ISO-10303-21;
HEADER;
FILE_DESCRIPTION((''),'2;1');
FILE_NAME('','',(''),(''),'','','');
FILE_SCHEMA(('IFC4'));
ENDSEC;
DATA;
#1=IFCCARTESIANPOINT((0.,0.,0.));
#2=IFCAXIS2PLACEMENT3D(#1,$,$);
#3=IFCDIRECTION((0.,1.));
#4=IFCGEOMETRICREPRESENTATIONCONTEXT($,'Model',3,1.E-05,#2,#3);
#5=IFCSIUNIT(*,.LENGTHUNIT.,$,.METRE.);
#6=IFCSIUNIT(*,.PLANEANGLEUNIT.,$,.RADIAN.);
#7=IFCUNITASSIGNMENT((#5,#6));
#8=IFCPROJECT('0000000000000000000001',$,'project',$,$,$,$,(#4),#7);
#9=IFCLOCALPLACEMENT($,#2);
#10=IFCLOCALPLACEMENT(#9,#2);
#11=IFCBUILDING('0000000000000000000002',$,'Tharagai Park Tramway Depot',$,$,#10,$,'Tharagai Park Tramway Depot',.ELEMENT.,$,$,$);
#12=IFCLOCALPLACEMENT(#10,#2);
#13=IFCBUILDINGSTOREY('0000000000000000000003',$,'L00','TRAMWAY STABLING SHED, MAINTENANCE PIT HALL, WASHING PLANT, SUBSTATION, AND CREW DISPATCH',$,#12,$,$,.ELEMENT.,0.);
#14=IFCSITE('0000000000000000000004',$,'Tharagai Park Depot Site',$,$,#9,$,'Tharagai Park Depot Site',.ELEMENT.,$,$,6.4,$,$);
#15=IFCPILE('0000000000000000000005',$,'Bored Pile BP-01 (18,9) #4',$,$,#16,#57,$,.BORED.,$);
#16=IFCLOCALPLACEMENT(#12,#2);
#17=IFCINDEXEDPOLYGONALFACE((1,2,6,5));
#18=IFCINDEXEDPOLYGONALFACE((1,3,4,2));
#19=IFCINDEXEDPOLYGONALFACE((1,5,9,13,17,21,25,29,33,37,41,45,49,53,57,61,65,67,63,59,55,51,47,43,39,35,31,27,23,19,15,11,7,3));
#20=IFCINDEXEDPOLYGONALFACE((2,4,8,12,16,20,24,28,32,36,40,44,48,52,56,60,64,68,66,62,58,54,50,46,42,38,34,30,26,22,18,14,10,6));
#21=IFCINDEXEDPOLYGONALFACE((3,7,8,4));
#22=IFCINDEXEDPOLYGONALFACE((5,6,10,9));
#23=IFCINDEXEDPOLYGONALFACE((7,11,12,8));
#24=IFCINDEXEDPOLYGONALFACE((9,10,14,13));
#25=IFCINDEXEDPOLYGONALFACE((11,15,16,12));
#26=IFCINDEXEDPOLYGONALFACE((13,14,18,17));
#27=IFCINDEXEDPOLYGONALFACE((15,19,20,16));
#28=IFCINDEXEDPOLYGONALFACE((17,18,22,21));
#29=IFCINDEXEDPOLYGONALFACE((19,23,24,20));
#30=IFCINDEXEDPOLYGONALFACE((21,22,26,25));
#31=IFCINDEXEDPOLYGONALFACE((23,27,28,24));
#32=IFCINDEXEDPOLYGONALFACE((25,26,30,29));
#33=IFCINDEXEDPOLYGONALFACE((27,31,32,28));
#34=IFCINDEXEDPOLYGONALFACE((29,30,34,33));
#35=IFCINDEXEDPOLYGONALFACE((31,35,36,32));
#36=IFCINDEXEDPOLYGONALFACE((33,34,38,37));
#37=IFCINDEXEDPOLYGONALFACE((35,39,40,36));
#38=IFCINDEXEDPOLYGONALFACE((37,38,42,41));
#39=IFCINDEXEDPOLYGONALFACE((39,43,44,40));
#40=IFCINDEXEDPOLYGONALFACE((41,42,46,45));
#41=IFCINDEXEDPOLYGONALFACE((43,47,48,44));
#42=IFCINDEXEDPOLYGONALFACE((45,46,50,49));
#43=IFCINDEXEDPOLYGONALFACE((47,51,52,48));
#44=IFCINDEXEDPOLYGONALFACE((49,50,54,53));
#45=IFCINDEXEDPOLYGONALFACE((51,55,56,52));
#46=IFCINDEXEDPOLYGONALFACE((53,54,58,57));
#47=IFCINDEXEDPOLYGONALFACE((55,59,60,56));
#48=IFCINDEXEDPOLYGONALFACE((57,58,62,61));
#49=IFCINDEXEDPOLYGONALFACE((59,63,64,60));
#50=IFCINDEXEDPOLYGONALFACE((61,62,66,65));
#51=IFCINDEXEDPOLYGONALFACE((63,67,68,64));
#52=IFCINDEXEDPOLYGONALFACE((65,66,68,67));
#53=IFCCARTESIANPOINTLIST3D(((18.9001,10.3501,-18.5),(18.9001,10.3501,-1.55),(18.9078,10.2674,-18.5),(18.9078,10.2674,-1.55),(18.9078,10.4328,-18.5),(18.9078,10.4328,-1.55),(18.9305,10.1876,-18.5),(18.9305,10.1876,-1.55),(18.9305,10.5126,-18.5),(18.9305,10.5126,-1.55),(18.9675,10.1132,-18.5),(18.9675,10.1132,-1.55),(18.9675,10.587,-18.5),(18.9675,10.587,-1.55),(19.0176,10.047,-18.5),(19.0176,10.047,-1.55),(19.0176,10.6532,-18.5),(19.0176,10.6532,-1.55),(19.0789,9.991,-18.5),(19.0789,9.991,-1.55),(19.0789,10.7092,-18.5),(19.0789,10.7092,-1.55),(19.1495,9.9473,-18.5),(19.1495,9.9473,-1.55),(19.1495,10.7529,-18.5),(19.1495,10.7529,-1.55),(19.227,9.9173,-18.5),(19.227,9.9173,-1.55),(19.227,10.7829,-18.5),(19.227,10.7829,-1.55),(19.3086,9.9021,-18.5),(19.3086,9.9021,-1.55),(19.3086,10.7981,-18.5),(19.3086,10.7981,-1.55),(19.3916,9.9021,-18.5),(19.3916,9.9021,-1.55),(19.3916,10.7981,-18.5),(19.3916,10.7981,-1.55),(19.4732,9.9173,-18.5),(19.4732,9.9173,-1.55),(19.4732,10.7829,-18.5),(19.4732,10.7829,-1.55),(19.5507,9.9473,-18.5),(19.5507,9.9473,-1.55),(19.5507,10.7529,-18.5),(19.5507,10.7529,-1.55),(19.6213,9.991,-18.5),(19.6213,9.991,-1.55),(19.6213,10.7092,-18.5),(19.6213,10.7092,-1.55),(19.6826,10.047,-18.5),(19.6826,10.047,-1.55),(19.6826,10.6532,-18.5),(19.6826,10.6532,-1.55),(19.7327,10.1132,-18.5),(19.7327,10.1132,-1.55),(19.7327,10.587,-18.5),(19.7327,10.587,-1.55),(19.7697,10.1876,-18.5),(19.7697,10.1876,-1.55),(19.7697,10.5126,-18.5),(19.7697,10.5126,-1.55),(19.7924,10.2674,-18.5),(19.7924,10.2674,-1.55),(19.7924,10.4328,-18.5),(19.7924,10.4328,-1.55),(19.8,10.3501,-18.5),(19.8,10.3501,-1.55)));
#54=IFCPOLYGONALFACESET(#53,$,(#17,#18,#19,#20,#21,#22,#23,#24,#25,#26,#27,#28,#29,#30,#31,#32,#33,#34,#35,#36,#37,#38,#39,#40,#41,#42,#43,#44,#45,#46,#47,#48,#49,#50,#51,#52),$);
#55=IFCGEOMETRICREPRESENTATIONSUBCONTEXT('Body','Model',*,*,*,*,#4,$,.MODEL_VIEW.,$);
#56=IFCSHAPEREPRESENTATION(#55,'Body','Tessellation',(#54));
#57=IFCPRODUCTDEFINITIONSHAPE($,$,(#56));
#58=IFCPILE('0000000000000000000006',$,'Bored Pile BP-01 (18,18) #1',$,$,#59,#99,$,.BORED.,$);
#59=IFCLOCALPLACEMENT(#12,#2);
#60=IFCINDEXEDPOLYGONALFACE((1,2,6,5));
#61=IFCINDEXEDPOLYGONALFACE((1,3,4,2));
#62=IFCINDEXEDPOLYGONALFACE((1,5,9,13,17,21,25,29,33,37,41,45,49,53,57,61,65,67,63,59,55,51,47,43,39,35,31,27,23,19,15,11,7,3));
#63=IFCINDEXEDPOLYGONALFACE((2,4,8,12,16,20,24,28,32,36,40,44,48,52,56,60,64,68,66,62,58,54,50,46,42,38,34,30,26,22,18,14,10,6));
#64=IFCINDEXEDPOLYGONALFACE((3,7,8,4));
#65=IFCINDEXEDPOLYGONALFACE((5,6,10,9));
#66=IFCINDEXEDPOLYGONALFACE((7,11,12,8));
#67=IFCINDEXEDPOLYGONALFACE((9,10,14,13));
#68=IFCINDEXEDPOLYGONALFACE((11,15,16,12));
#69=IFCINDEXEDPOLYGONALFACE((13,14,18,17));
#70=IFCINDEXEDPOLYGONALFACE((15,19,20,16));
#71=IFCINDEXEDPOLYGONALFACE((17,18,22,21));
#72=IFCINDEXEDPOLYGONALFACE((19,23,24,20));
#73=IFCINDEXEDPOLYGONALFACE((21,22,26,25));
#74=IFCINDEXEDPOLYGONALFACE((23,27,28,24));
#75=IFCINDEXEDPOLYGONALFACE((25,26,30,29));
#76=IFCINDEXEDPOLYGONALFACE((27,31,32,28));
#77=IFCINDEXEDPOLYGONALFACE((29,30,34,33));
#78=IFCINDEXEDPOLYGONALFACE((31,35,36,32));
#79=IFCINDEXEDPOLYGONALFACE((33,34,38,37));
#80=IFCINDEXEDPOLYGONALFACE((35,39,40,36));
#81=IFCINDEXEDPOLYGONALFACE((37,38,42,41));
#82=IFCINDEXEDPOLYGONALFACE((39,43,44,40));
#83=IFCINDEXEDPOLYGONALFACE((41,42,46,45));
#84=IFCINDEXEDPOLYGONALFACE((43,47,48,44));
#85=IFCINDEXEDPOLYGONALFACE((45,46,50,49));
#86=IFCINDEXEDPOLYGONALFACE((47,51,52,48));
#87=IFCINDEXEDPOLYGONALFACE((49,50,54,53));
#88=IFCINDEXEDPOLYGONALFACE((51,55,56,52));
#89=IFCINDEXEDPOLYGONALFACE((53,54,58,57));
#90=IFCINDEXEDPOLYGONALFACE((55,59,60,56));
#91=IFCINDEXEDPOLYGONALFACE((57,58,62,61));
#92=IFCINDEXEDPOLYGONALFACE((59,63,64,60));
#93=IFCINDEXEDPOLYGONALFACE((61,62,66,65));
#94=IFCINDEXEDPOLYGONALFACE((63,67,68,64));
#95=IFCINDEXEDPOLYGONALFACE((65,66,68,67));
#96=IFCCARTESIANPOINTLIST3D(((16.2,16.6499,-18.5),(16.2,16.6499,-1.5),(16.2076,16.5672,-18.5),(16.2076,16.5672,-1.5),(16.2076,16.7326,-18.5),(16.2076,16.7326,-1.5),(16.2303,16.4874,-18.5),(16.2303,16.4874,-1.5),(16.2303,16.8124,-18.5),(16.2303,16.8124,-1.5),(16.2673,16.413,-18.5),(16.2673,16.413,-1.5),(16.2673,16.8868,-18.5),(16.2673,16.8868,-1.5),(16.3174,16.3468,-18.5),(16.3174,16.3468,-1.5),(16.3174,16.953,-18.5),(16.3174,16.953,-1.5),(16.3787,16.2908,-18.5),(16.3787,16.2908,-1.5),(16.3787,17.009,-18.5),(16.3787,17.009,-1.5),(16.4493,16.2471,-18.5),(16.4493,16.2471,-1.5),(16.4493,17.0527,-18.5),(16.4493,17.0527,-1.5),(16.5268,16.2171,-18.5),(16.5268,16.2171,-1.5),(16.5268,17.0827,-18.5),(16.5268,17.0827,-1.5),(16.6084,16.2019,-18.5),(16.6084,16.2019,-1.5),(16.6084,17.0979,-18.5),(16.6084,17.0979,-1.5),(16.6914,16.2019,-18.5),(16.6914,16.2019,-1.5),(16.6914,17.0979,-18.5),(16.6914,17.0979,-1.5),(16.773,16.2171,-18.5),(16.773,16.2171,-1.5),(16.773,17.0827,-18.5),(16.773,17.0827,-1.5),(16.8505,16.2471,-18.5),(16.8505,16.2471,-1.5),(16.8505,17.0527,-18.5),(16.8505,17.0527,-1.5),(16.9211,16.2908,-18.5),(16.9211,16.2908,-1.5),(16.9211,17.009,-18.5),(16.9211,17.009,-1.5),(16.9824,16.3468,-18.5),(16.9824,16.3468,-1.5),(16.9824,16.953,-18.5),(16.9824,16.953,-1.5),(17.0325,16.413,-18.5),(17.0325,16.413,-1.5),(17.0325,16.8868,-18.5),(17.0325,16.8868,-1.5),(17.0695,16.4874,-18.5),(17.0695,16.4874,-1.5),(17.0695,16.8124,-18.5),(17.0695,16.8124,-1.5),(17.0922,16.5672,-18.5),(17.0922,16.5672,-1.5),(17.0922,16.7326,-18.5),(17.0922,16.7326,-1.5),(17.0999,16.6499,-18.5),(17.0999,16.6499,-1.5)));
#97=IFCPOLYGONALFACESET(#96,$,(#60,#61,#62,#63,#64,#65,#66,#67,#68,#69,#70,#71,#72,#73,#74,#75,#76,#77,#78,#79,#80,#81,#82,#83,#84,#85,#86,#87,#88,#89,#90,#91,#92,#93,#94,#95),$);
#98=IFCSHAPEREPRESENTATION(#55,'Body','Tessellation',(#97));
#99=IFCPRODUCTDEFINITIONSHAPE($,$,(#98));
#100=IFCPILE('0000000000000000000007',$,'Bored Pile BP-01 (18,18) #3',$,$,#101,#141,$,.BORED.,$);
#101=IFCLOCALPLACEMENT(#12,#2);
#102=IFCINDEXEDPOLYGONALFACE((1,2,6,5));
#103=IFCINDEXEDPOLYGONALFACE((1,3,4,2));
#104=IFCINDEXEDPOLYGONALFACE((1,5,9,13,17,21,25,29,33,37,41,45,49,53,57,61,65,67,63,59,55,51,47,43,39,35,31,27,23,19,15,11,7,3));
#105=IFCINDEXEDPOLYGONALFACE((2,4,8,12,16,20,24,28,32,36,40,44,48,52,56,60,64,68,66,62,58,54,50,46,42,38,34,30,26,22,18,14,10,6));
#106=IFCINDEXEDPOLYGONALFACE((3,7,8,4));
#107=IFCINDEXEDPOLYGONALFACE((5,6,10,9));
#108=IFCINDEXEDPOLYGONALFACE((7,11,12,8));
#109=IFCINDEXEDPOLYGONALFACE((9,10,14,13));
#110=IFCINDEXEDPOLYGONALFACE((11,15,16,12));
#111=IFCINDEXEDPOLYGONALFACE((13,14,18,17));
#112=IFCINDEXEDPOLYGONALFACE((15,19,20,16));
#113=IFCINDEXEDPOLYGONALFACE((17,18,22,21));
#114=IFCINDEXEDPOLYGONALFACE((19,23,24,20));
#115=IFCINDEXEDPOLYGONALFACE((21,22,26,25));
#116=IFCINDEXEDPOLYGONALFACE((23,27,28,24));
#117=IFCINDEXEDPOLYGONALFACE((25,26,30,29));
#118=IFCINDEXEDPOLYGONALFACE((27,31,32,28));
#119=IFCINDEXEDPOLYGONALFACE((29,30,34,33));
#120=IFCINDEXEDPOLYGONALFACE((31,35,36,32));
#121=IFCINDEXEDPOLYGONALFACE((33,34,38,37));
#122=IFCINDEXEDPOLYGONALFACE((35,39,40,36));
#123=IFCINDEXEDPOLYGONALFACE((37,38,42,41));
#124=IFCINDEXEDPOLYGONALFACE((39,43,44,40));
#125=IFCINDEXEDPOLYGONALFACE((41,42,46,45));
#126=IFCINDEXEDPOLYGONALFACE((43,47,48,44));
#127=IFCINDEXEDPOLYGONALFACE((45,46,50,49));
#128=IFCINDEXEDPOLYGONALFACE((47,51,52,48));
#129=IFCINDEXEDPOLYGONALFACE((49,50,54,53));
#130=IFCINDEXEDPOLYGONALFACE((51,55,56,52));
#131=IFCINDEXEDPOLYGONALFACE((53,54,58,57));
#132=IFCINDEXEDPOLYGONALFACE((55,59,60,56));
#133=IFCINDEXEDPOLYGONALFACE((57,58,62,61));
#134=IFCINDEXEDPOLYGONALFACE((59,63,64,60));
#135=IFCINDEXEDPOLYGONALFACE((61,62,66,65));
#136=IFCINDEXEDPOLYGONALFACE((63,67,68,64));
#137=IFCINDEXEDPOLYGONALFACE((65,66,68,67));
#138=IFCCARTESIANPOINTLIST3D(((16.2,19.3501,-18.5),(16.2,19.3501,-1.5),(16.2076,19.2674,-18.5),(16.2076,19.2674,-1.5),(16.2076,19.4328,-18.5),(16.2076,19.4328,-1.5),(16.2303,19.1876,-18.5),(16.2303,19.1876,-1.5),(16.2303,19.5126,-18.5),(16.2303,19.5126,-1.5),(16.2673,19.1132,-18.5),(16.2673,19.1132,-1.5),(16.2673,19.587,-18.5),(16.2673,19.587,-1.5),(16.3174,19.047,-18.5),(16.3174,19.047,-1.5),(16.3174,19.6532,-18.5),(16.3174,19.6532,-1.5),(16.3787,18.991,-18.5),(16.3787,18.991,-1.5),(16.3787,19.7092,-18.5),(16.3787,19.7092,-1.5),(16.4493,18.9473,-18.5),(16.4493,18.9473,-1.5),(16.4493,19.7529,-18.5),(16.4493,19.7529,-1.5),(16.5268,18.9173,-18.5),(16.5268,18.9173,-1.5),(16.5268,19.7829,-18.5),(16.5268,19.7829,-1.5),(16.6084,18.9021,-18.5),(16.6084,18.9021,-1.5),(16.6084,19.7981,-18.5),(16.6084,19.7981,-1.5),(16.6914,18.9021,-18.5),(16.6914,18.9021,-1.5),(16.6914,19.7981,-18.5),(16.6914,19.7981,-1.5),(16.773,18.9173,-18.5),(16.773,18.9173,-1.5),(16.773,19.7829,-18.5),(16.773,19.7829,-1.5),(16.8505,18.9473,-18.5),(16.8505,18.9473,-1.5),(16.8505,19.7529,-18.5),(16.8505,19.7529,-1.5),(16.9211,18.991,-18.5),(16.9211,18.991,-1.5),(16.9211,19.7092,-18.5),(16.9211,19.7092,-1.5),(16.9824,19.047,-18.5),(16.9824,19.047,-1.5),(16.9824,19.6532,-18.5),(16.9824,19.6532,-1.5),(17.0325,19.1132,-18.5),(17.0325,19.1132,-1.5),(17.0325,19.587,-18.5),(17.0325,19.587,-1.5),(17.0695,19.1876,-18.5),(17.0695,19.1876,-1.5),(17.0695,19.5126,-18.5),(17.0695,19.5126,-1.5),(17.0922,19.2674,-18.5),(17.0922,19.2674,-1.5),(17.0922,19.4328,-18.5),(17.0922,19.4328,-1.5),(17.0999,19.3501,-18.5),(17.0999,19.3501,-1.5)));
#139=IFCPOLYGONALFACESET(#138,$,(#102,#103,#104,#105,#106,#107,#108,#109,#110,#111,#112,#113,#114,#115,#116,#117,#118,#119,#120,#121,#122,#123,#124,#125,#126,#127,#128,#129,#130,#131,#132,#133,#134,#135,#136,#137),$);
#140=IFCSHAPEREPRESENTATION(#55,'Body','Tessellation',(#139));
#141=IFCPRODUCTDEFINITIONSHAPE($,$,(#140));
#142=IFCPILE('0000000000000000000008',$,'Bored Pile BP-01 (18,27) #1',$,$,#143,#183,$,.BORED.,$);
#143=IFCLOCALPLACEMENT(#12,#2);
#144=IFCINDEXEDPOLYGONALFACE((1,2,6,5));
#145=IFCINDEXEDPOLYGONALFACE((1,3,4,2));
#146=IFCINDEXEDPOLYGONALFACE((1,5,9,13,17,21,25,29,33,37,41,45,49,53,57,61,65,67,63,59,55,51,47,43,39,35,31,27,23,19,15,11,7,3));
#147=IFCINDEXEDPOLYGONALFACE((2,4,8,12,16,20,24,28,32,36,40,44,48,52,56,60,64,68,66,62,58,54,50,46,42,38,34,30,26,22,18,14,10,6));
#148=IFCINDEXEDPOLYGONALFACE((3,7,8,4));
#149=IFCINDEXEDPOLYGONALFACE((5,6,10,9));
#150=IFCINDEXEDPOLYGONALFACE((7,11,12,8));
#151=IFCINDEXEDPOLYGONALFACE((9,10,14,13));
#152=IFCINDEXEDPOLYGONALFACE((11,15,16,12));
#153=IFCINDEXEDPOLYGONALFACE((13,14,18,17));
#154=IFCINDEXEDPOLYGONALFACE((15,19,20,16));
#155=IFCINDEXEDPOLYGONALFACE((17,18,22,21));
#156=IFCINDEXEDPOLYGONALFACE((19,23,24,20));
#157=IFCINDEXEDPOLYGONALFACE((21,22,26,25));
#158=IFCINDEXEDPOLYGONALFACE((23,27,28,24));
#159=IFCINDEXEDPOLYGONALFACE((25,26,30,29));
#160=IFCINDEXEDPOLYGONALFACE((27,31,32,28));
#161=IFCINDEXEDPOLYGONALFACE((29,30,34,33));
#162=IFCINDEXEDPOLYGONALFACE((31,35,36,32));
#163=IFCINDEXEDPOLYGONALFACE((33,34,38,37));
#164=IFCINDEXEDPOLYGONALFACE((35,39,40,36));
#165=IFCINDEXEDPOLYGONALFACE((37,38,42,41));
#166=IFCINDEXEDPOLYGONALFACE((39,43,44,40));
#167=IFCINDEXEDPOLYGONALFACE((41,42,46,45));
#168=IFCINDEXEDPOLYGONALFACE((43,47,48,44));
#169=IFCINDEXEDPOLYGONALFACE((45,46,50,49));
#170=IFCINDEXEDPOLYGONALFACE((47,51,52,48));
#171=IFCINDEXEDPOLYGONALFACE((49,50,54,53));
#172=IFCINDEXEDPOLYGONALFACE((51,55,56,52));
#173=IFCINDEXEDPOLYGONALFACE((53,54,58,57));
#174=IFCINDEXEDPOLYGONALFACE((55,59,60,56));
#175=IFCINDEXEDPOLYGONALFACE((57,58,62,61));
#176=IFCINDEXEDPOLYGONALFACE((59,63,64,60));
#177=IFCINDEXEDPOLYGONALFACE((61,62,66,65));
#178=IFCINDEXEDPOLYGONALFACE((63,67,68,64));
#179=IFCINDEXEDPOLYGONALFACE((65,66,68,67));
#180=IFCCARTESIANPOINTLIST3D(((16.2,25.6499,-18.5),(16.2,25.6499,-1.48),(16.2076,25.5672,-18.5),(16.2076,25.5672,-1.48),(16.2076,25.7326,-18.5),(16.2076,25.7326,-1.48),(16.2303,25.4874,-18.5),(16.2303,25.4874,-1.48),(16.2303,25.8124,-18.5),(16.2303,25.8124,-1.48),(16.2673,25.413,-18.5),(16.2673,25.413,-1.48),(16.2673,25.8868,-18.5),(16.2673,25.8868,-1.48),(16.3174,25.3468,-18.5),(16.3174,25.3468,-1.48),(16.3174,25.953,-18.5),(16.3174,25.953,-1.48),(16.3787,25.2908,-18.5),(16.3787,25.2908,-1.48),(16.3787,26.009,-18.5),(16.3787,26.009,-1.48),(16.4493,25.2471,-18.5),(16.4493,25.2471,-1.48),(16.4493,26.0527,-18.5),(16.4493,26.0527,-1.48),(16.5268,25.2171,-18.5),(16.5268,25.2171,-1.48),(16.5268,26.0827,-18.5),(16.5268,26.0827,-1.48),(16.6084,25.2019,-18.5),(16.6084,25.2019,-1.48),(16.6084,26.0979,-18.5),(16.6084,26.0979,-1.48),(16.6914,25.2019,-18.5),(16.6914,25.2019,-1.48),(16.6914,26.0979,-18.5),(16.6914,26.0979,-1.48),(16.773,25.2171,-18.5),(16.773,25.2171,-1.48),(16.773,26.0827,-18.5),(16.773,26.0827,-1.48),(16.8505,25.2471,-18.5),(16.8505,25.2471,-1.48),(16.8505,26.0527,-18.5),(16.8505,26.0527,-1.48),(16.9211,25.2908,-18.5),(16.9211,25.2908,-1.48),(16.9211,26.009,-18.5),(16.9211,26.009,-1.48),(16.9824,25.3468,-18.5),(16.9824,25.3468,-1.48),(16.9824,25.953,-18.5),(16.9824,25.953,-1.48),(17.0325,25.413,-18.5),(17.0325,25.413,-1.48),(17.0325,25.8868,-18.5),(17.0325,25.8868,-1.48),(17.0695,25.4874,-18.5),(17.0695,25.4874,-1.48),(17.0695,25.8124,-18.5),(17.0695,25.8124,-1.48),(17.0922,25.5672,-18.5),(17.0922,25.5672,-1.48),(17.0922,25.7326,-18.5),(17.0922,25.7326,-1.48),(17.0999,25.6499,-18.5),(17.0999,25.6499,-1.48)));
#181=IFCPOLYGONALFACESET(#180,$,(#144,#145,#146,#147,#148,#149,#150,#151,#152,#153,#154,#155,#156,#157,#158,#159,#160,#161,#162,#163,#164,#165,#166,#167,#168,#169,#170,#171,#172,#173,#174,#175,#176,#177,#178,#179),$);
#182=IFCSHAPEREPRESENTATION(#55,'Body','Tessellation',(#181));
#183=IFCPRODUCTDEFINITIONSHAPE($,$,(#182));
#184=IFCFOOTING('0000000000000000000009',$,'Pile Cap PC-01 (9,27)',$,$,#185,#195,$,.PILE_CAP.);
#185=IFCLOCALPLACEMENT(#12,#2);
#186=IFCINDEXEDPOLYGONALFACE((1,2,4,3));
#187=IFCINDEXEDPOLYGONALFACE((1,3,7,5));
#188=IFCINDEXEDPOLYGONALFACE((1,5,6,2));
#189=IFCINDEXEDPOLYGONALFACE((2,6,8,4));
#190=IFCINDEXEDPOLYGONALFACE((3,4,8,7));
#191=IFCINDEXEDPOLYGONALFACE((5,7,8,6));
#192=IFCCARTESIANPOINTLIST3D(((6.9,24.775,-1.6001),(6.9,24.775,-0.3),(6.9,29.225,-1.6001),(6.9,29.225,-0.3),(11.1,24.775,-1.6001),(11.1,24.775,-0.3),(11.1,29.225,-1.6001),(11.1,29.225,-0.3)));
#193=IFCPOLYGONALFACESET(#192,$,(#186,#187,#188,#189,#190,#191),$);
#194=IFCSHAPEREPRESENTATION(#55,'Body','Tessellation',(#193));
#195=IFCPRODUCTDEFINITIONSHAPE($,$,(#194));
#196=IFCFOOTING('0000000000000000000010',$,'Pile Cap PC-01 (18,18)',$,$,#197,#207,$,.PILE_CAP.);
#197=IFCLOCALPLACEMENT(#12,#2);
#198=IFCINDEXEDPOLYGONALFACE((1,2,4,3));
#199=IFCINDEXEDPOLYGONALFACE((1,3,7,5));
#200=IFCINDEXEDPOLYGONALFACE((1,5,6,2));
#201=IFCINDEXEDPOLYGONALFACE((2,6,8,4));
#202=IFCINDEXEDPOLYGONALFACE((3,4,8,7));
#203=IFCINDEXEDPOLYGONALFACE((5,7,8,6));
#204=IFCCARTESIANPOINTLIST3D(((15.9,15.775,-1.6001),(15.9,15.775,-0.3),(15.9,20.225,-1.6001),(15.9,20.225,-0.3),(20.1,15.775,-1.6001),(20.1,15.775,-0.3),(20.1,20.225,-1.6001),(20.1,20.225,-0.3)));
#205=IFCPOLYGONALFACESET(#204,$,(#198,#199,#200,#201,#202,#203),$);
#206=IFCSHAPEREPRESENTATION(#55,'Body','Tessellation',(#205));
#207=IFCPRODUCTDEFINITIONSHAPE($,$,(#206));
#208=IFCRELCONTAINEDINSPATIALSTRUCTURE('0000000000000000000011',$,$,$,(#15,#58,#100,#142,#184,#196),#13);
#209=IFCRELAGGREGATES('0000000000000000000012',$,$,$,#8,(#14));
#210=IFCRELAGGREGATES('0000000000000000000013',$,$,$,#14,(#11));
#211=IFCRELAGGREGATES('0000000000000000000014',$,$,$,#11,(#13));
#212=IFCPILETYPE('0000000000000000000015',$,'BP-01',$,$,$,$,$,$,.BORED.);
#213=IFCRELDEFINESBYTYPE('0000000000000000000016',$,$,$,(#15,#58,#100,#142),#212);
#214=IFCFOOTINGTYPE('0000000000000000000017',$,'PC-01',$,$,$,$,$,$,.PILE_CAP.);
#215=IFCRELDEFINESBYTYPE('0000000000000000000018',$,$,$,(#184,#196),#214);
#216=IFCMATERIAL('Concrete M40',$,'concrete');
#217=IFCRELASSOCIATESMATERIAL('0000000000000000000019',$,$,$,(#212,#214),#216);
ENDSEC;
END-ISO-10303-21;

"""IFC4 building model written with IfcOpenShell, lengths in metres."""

from ifc_helpers import new_model, si_unit, direction, frame, origin, origin_2d, place, context, subcontext, project, spatial, rectangle, circle, extrude, material, material_profile, profile_set, type_object, element, save


model = new_model("IFC4")

# Units and contexts
model_context = context("Model", 3, precision=1e-05, world=origin(), true_north=direction((0.0, 1.0)))
body_context = subcontext(model_context, "Body", "Model", "MODEL_VIEW")
ifc_project = project(units=[si_unit("LENGTHUNIT", "METRE"), si_unit("PLANEANGLEUNIT", "RADIAN")], contexts=[model_context])

# Site, building, storey
site_placement = place(None, origin())
site = spatial("IfcSite", under=ifc_project, at=site_placement, Name="Tharagai Park Depot Site", LongName="Tharagai Park Depot Site", CompositionType="ELEMENT", RefElevation=6.4)
building_placement = place(site_placement, origin())
building = spatial("IfcBuilding", under=site, at=building_placement, Name="Tharagai Park Tramway Depot", LongName="Tharagai Park Tramway Depot", CompositionType="ELEMENT")
storey_placement = place(building_placement, origin())
storey = spatial("IfcBuildingStorey", under=building, at=storey_placement, Name="L00", Description="TRAMWAY STABLING SHED, MAINTENANCE PIT HALL, WASHING PLANT, SUBSTATION, AND CREW DISPATCH", CompositionType="ELEMENT", Elevation=0.0)

# Piles
ifc_material_1 = material(Name="Concrete M40", Category="concrete")
ifc_material_profile_1 = material_profile(ifc_material_1, circle(Radius=0.45, at=origin_2d()), Name="PILE D900")
ifc_profile_set_1 = profile_set([ifc_material_profile_1], Name="Concrete M40")
pile_type = type_object("IfcPileType", Name="BP-01", PredefinedType="BORED", material=ifc_profile_set_1)
pile_1_placement = place(storey_placement, frame((19.3501, 10.3501, -1.55), z_axis=(0.0, 0.0, -1.0), x_axis=(1.0, 0.0, 0.0)))
element("IfcPile", 1, at=pile_1_placement, inside=storey, type_object=pile_type, Name="Bored Pile BP-01 (18,9) #4", PredefinedType="BORED", context=body_context, shape_type="SweptSolid", body=[
    extrude(circle(Radius=0.45, at=origin_2d()), origin(), (0.0, 0.0, 1.0), 16.95),
])
for number, where, z_axis, x_axis, name in (
    (2, (16.6499, 16.6499, -1.5), (0.0, 0.0, -1.0), (1.0, 0.0, 0.0), "Bored Pile BP-01 (18,18) #1"),
    (3, (16.6499, 19.3501, -1.5), (0.0, 0.0, -1.0), (1.0, 0.0, 0.0), "Bored Pile BP-01 (18,18) #3"),
):
    element("IfcPile", number, at=place(storey_placement, frame(where, z_axis=z_axis, x_axis=x_axis)), inside=storey, type_object=pile_type, Name=name, PredefinedType="BORED", context=body_context, shape_type="SweptSolid", body=[
        extrude(circle(Radius=0.45, at=origin_2d()), origin(), (0.0, 0.0, 1.0), 17.0),
    ])
pile_2_placement = place(storey_placement, frame((16.6499, 25.6499, -1.48), z_axis=(0.0, 0.0, -1.0), x_axis=(1.0, 0.0, 0.0)))
element("IfcPile", 4, at=pile_2_placement, inside=storey, type_object=pile_type, Name="Bored Pile BP-01 (18,27) #1", PredefinedType="BORED", context=body_context, shape_type="SweptSolid", body=[
    extrude(circle(Radius=0.45, at=origin_2d()), origin(), (0.0, 0.0, 1.0), 17.02),
])

# Footings
footing_type_1 = type_object("IfcFootingType", Name="PC-01", PredefinedType="PILE_CAP", material=ifc_material_1)
for number, where, z_axis, x_axis, name in (
    (5, (9.0, 27.0, -1.6001), (0.0, 0.0, 1.0), (1.0, 0.0, 0.0), "Pile Cap PC-01 (9,27)"),
    (6, (18.0, 18.0, -1.6001), (0.0, 0.0, 1.0), (1.0, 0.0, 0.0), "Pile Cap PC-01 (18,18)"),
):
    element("IfcFooting", number, at=place(storey_placement, frame(where, z_axis=z_axis, x_axis=x_axis)), inside=storey, type_object=footing_type_1, Name=name, PredefinedType="PILE_CAP", context=body_context, shape_type="SweptSolid", body=[
        extrude(rectangle(XDim=4.2, YDim=4.45, at=origin_2d()), origin(), (0.0, 0.0, 1.0), 1.3),
    ])

save(model, "model.ifc")
